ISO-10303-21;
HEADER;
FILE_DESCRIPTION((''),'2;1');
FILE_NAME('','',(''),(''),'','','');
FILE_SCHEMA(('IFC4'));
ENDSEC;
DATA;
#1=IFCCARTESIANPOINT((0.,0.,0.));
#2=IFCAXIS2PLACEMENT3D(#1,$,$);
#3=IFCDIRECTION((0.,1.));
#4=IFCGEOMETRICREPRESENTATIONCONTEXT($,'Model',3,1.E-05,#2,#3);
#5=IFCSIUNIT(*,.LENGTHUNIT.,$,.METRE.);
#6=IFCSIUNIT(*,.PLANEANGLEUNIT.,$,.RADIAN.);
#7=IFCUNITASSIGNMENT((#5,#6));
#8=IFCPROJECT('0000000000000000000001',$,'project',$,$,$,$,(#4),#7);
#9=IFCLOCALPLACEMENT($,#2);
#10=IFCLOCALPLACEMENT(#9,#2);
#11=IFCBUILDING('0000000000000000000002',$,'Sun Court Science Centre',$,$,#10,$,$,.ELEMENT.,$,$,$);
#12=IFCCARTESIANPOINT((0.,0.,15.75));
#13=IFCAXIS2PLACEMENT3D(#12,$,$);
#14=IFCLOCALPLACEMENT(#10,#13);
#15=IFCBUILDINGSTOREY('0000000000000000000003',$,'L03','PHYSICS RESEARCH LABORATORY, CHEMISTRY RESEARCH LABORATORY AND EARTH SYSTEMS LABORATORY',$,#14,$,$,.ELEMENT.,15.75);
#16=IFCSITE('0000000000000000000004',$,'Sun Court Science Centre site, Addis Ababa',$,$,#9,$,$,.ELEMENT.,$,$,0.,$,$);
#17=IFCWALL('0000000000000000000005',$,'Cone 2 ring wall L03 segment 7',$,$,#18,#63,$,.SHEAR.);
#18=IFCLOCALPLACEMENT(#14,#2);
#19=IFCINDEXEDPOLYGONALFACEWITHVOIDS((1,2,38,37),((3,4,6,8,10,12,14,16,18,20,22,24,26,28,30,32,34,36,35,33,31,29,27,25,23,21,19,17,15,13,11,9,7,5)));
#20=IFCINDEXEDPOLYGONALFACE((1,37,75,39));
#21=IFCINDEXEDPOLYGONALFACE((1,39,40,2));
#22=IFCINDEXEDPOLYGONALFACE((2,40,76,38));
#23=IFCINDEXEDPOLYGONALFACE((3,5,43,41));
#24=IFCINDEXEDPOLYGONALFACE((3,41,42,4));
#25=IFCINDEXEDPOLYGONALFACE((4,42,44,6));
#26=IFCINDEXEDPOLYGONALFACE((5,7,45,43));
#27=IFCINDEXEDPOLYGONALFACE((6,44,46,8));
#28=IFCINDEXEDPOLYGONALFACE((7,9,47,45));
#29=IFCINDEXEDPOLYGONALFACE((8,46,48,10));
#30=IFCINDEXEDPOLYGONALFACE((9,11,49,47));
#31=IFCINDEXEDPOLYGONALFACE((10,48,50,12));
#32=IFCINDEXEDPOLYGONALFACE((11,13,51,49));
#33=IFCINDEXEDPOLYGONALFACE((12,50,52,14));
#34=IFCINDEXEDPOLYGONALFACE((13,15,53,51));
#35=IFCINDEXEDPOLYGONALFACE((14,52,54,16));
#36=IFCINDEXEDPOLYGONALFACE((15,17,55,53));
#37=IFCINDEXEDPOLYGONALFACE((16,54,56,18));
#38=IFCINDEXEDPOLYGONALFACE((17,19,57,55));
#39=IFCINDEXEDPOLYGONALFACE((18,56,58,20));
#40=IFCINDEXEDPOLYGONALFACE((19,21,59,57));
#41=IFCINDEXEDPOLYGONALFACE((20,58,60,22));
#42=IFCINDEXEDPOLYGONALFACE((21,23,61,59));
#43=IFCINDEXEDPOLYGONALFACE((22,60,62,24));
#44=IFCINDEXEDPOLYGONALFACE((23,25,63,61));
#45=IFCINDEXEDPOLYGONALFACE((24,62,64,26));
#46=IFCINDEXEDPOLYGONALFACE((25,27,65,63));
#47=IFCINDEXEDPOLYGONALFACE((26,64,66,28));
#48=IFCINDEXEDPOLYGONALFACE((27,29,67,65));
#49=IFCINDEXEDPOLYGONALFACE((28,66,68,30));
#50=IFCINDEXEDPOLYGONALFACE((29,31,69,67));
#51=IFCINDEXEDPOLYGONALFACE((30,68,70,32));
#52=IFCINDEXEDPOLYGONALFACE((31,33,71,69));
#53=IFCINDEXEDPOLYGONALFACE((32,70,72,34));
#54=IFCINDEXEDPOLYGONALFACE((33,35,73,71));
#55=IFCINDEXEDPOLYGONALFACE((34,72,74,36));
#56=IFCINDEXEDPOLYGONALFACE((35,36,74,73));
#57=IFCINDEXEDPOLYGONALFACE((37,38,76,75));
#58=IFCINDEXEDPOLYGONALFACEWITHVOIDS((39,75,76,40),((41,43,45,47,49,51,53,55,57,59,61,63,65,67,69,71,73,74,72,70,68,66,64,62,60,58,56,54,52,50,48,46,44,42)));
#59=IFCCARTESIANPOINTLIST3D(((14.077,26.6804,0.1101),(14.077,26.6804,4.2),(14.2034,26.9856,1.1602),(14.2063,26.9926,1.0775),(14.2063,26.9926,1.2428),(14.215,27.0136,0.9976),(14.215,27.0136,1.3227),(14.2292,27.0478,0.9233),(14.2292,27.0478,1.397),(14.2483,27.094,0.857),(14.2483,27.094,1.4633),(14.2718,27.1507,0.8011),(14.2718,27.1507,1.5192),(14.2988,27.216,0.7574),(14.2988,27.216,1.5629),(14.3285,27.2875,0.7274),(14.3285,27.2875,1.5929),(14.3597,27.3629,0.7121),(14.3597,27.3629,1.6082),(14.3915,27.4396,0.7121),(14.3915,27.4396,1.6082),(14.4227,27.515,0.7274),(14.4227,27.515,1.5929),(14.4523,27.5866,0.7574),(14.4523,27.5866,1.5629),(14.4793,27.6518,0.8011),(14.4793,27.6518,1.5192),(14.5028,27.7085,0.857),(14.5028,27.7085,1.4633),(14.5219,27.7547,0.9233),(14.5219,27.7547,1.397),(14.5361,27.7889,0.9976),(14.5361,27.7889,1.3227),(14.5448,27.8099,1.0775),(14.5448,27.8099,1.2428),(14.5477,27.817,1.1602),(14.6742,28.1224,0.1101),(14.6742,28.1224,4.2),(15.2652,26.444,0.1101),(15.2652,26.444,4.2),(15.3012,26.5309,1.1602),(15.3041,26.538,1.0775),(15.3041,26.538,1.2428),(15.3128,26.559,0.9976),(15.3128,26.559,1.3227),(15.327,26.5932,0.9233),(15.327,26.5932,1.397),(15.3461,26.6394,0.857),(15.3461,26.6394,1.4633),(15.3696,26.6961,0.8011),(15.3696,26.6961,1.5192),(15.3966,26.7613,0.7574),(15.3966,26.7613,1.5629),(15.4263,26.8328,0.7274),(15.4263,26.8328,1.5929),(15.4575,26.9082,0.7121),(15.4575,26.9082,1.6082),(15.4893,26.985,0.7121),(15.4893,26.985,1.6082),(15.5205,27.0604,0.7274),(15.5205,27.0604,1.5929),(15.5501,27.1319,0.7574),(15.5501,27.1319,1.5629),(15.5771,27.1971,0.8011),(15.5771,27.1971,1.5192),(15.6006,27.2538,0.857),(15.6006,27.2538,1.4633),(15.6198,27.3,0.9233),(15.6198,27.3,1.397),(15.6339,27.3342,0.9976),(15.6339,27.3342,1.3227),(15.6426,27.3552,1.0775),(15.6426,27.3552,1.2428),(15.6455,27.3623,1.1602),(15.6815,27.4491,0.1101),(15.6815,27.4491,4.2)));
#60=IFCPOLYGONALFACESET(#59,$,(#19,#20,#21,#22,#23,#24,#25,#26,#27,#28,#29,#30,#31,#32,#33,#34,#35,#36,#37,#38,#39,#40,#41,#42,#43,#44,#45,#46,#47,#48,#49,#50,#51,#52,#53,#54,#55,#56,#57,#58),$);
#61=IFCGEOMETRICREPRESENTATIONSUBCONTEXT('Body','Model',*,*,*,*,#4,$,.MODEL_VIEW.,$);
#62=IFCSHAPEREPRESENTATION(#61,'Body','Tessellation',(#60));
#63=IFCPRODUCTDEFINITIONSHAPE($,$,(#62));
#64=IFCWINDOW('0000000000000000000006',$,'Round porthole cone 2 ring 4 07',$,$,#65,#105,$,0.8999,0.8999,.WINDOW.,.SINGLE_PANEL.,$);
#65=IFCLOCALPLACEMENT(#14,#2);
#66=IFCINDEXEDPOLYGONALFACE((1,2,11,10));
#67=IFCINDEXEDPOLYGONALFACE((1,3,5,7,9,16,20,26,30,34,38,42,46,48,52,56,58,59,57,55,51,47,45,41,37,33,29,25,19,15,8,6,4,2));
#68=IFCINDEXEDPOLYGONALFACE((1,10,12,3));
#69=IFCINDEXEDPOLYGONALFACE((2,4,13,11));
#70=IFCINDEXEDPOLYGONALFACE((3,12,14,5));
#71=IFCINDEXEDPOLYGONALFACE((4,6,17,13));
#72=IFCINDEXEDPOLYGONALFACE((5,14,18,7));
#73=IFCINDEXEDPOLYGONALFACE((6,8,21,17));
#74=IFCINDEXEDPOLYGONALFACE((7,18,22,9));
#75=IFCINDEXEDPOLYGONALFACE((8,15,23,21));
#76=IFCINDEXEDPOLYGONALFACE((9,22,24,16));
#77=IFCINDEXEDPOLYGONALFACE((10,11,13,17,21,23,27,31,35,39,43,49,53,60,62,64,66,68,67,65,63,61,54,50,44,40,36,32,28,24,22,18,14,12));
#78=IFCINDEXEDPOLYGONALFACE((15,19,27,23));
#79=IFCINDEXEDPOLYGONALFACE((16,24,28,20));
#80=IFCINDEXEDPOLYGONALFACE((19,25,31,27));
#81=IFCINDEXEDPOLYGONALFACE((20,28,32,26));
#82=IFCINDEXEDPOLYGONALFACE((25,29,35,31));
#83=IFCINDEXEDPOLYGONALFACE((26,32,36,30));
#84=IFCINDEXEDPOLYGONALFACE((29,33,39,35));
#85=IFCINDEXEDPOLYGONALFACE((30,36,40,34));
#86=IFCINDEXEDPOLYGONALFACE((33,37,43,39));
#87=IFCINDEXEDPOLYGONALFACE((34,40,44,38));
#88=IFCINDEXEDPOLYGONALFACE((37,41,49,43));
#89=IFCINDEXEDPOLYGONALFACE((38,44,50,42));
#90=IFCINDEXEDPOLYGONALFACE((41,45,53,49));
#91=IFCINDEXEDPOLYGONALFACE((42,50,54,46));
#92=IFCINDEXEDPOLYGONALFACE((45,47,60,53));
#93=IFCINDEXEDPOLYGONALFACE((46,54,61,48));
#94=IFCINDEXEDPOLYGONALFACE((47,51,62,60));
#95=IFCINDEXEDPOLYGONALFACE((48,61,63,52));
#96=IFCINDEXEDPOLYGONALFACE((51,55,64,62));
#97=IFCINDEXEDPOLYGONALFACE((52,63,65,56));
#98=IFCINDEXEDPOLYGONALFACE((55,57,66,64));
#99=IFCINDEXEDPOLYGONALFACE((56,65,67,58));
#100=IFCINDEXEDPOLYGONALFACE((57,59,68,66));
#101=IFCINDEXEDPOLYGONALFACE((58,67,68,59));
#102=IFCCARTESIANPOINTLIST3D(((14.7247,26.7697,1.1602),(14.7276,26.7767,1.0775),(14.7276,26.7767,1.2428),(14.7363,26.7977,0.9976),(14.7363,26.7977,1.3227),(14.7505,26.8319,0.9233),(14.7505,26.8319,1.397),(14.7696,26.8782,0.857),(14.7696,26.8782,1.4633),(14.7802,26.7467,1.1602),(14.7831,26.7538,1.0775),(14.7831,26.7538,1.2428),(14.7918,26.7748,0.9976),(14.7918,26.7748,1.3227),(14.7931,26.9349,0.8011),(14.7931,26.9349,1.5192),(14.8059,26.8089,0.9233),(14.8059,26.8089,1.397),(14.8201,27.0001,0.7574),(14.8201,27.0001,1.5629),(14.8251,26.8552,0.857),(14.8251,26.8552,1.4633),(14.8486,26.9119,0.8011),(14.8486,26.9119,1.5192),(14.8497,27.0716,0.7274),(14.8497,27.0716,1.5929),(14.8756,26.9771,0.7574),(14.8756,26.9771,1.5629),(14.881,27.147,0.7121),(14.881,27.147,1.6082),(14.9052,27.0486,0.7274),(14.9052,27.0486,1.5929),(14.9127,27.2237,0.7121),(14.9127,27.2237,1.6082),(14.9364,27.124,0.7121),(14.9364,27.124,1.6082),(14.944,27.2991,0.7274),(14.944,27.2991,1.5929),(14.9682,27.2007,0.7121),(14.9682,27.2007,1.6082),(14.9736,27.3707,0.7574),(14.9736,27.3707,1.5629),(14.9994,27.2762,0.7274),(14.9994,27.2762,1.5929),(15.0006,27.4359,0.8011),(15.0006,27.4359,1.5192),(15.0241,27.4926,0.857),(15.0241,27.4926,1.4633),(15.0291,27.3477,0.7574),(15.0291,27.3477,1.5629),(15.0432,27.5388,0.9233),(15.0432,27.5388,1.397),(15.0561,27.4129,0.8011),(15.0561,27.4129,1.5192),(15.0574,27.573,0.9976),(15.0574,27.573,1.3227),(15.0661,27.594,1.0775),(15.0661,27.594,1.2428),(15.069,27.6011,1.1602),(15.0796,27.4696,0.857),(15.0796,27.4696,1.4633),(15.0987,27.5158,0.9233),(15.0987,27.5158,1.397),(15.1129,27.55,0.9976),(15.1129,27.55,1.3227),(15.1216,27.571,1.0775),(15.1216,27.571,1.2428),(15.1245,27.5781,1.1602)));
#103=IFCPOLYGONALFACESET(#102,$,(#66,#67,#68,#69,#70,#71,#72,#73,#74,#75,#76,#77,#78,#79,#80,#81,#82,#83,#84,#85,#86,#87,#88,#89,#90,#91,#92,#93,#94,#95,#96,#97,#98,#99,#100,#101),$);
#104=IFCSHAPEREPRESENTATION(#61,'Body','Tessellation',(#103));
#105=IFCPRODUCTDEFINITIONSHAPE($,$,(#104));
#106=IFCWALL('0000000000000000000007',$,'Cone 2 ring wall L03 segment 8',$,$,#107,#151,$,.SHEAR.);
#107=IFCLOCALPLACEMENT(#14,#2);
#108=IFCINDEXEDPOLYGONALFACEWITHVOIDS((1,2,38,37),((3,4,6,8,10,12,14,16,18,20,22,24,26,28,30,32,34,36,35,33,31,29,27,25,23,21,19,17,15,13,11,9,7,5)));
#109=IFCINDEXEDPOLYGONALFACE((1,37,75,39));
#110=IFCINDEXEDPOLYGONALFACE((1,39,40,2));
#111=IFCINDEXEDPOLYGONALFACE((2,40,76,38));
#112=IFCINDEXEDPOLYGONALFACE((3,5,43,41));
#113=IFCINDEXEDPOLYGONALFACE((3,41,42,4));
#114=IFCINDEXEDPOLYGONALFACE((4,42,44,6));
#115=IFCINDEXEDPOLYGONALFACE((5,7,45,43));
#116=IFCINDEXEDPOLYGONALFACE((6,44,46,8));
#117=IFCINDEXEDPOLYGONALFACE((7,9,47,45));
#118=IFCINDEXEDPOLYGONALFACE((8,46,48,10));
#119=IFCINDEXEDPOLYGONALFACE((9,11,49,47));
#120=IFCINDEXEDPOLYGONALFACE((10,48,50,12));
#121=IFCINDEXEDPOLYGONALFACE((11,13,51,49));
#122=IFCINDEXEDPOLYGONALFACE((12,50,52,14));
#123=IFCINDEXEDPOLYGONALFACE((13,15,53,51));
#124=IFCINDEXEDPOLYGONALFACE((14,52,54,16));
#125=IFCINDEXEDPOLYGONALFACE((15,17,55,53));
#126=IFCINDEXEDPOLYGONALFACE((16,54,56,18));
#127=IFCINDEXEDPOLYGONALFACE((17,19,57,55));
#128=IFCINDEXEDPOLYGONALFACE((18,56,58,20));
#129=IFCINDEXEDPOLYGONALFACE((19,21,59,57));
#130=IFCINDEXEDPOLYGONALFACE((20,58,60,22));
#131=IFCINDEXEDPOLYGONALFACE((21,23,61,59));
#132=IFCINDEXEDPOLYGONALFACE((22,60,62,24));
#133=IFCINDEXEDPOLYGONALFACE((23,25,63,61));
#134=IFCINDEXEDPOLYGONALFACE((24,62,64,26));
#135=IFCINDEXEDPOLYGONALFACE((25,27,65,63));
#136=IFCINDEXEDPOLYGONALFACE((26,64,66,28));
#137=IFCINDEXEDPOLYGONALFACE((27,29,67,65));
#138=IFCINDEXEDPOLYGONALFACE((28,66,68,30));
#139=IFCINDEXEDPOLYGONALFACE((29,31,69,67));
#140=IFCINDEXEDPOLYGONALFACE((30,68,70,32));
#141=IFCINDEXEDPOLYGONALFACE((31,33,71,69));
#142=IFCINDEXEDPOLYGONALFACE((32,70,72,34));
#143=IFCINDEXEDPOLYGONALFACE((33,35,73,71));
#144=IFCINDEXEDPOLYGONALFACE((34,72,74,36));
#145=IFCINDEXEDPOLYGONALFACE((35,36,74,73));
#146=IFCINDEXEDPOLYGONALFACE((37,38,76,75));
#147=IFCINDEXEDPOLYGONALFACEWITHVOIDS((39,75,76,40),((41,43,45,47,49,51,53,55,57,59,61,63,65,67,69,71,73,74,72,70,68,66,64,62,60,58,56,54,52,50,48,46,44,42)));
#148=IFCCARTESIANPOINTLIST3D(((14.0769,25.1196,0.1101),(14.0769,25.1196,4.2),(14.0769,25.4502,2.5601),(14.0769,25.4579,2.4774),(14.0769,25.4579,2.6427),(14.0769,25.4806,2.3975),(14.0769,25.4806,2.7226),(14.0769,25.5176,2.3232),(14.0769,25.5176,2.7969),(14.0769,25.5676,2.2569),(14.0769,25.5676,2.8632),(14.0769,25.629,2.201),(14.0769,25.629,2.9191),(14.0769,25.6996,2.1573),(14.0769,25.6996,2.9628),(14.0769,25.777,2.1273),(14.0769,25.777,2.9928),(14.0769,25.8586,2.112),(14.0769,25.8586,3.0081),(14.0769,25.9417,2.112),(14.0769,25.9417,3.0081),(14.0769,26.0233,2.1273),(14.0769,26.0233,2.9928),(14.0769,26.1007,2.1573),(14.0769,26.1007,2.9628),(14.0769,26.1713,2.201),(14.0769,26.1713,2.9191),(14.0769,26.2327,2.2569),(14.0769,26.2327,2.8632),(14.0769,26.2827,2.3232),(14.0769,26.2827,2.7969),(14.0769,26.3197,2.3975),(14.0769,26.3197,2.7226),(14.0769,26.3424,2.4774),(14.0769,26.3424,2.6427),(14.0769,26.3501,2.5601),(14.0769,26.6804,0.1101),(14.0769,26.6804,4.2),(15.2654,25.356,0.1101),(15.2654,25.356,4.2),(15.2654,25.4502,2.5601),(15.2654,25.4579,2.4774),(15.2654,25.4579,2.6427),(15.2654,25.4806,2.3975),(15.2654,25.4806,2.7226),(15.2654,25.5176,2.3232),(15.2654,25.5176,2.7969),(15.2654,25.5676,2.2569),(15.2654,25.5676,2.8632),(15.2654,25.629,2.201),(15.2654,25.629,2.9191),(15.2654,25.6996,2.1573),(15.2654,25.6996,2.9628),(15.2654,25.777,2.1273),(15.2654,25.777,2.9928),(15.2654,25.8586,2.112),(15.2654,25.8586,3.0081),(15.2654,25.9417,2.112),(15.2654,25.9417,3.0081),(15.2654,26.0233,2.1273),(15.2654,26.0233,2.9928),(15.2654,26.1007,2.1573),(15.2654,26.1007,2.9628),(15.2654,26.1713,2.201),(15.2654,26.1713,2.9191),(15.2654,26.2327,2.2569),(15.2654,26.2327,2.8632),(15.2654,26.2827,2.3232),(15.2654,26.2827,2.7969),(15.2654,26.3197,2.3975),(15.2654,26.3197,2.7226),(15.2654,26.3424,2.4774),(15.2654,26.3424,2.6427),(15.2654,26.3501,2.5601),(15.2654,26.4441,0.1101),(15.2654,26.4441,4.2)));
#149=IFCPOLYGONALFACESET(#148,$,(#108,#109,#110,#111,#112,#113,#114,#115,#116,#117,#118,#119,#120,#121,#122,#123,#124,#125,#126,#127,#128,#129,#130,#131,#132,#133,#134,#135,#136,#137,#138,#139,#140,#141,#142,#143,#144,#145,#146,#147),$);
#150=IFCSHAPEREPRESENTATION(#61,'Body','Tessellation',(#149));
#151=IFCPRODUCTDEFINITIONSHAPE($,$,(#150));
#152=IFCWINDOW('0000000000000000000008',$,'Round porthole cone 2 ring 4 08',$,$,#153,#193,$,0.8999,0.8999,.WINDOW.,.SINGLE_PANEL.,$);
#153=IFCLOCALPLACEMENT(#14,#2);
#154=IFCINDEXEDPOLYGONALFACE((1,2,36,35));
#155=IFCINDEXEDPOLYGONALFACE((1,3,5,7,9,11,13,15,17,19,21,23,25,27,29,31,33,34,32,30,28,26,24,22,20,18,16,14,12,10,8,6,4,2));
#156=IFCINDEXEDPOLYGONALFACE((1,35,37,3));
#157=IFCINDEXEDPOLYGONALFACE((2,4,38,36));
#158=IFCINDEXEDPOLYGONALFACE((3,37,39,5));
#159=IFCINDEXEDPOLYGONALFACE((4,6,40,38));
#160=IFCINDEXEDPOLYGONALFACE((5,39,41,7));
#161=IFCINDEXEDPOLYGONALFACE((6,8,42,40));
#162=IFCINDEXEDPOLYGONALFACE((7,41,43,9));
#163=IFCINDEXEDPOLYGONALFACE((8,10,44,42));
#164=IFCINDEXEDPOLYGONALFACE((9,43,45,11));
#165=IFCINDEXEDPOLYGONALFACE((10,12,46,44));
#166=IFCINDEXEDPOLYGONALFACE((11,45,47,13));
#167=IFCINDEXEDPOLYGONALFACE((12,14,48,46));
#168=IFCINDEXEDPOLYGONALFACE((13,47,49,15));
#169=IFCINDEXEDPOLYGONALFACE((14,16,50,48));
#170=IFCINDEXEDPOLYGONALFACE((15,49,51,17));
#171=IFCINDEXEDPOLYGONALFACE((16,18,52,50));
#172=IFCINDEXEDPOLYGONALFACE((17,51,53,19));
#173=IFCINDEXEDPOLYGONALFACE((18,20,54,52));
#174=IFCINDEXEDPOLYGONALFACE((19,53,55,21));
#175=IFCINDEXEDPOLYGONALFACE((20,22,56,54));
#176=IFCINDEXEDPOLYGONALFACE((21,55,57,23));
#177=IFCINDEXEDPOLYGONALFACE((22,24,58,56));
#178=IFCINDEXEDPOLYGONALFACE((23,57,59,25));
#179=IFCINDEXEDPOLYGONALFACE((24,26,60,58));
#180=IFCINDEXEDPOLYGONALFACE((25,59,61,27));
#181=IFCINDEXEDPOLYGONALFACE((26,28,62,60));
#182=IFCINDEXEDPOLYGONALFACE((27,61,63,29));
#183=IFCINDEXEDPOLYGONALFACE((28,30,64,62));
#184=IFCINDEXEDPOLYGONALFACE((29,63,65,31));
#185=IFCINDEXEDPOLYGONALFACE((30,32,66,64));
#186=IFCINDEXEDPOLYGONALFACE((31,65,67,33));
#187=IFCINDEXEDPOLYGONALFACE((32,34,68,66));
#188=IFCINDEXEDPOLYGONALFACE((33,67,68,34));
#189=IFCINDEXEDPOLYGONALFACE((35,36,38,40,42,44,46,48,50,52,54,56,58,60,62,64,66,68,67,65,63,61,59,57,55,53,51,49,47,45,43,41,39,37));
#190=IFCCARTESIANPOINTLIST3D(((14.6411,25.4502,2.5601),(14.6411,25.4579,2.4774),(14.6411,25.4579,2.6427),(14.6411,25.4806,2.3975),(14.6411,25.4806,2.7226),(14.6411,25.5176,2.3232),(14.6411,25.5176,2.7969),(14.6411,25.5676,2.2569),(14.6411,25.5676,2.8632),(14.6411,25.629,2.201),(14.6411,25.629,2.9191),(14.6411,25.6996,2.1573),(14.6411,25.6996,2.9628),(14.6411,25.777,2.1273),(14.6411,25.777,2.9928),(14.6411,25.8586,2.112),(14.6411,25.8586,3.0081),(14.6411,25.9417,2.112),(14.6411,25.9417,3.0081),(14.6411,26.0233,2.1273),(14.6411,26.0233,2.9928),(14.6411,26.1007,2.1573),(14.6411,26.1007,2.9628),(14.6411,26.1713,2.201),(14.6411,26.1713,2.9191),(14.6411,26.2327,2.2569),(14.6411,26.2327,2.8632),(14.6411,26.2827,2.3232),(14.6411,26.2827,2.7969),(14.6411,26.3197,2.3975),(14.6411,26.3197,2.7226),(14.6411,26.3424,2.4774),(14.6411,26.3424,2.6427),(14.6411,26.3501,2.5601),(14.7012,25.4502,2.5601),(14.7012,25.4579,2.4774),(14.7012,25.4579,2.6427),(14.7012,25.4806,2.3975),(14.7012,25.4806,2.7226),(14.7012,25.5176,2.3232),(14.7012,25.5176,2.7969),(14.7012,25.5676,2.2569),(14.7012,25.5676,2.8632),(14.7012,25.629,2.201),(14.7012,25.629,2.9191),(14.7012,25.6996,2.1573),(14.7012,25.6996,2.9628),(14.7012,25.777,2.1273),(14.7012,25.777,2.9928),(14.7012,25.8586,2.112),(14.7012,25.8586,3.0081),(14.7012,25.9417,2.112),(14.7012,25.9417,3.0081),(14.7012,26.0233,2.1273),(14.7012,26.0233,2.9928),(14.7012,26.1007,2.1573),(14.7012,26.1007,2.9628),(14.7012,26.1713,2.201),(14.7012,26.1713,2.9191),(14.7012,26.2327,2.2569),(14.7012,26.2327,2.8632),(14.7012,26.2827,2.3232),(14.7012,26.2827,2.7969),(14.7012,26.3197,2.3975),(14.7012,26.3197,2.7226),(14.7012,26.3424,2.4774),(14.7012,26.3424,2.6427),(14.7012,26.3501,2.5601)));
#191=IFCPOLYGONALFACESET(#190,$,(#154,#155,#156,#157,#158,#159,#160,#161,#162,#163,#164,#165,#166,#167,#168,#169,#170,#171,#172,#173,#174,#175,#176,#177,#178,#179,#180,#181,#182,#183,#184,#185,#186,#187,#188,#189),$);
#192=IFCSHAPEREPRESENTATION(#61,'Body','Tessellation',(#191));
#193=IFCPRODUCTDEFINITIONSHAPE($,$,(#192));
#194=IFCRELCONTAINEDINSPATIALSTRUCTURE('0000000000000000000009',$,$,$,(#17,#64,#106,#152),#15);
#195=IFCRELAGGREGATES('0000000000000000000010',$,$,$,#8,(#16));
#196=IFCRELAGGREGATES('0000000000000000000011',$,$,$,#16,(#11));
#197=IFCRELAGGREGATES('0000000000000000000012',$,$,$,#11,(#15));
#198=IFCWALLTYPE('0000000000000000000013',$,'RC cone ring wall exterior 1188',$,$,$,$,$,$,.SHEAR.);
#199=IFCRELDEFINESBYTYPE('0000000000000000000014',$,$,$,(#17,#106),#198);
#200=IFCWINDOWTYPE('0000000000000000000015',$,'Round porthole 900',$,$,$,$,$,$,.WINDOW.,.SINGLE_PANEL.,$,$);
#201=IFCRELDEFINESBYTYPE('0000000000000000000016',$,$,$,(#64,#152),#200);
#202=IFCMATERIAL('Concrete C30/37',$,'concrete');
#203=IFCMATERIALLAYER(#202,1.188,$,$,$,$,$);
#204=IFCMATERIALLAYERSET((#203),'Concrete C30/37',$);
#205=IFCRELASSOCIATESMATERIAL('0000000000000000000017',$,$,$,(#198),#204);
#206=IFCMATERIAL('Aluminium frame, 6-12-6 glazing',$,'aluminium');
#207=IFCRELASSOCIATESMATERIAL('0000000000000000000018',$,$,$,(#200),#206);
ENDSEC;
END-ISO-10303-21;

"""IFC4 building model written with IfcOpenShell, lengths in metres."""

from ifc_helpers import new_model, si_unit, direction, frame, frame_2d, origin, place, context, subcontext, project, spatial, polyline, circle, outline, extrude, material, layer, layer_set, type_object, element, fill, save


model = new_model("IFC4")

# Units and contexts
model_context = context("Model", 3, precision=1e-05, world=origin(), true_north=direction((0.0, 1.0)))
body_context = subcontext(model_context, "Body", "Model", "MODEL_VIEW")
ifc_project = project(units=[si_unit("LENGTHUNIT", "METRE"), si_unit("PLANEANGLEUNIT", "RADIAN")], contexts=[model_context])

# Site, building, storey
site_placement = place(None, origin())
site = spatial("IfcSite", under=ifc_project, at=site_placement, Name="Sun Court Science Centre site, Addis Ababa", CompositionType="ELEMENT", RefElevation=0.0)
building_placement = place(site_placement, origin())
building = spatial("IfcBuilding", under=site, at=building_placement, Name="Sun Court Science Centre", CompositionType="ELEMENT")
storey_placement = place(building_placement, frame((0.0, 0.0, 15.75)))
storey = spatial("IfcBuildingStorey", under=building, at=storey_placement, Name="L03", Description="PHYSICS RESEARCH LABORATORY, CHEMISTRY RESEARCH LABORATORY AND EARTH SYSTEMS LABORATORY", CompositionType="ELEMENT", Elevation=15.75)

# Walls, openings, windows
ifc_material_1 = material(Name="Concrete C30/37", Category="concrete")
ifc_layer_1 = layer(ifc_material_1, 1.188)
ifc_layer_set_1 = layer_set([ifc_layer_1], Name="Concrete C30/37")
wall_type_1 = type_object("IfcWallType", Name="RC cone ring wall exterior 1188", PredefinedType="SHEAR", material=ifc_layer_set_1)
ifc_material_2 = material(Name="Aluminium frame, 6-12-6 glazing", Category="aluminium")
window_type = type_object("IfcWindowType", Name="Round porthole 900", PartitioningType="SINGLE_PANEL", PredefinedType="WINDOW", material=ifc_material_2)
wall_1_placement = place(storey_placement, frame((15.2231, 27.8948, 0.1101), z_axis=(0.0, 0.0, 1.0), x_axis=(-0.382637, -0.923899, 0.0)))
wall_1 = element("IfcWall", 1, at=wall_1_placement, inside=storey, type_object=wall_type_1, Name="Cone 2 ring wall L03 segment 7", PredefinedType="SHEAR", context=body_context, shape_type="SweptSolid", body=[
    extrude(outline(polyline([(-0.0002, -0.5942), (1.5605, -0.5942), (1.3242, 0.594), (0.2363, 0.594), (-0.0002, -0.5942)])), origin(), (0.0, 0.0, 1.0), 4.0898),
])
opening_1_placement = place(wall_1_placement, frame((0.3303, 0.0, 0.6001)))
opening_1 = element("IfcOpeningElement", 2, at=opening_1_placement, cuts=wall_1, PredefinedType="OPENING", context=body_context, shape_type="SweptSolid", body=[
    extrude(circle(Radius=0.45, at=frame_2d((0.45, 0.45))), frame((0.0, 0.6042, 0.0), z_axis=(0.0, -1.0, 0.0), x_axis=(1.0, 0.0, 0.0)), (0.0, 0.0, 1.0), 1.2085),
])
window_1_placement = place(opening_1_placement, origin())
window_1 = element("IfcWindow", 3, at=window_1_placement, inside=storey, type_object=window_type, Name="Round porthole cone 2 ring 4 07", OverallHeight=0.8999, OverallWidth=0.8999, PartitioningType="SINGLE_PANEL", PredefinedType="WINDOW", context=body_context, shape_type="SweptSolid", body=[
    extrude(circle(Radius=0.45, at=frame_2d((0.45, 0.45))), frame((0.0, 0.03, 0.0), z_axis=(0.0, -1.0, 0.0), x_axis=(1.0, 0.0, 0.0)), (0.0, 0.0, 1.0), 0.0601),
])
fill(opening_1, window_1)
wall_2_placement = place(storey_placement, frame((14.6711, 26.6804, 0.1101), z_axis=(0.0, 0.0, 1.0), x_axis=(0.0, -1.0, 0.0)))
wall_2 = element("IfcWall", 4, at=wall_2_placement, inside=storey, type_object=wall_type_1, Name="Cone 2 ring wall L03 segment 8", PredefinedType="SHEAR", context=body_context, shape_type="SweptSolid", body=[
    extrude(outline(polyline([(0.0, -0.5942), (1.5608, -0.5942), (1.3245, 0.5942), (0.2363, 0.5942), (0.0, -0.5942)])), origin(), (0.0, 0.0, 1.0), 4.0898),
])
opening_2_placement = place(wall_2_placement, frame((0.3303, 0.0, 2.0)))
opening_2 = element("IfcOpeningElement", 5, at=opening_2_placement, cuts=wall_2, PredefinedType="OPENING", context=body_context, shape_type="SweptSolid", body=[
    extrude(circle(Radius=0.45, at=frame_2d((0.45, 0.45))), frame((0.0, 0.6042, 0.0), z_axis=(0.0, -1.0, 0.0), x_axis=(1.0, 0.0, 0.0)), (0.0, 0.0, 1.0), 1.2085),
])
window_2_placement = place(opening_2_placement, origin())
window_2 = element("IfcWindow", 6, at=window_2_placement, inside=storey, type_object=window_type, Name="Round porthole cone 2 ring 4 08", OverallHeight=0.8999, OverallWidth=0.8999, PartitioningType="SINGLE_PANEL", PredefinedType="WINDOW", context=body_context, shape_type="SweptSolid", body=[
    extrude(circle(Radius=0.45, at=frame_2d((0.45, 0.45))), frame((0.0, 0.03, 0.0), z_axis=(0.0, -1.0, 0.0), x_axis=(1.0, 0.0, 0.0)), (0.0, 0.0, 1.0), 0.0601),
])
fill(opening_2, window_2)

save(model, "model.ifc")
